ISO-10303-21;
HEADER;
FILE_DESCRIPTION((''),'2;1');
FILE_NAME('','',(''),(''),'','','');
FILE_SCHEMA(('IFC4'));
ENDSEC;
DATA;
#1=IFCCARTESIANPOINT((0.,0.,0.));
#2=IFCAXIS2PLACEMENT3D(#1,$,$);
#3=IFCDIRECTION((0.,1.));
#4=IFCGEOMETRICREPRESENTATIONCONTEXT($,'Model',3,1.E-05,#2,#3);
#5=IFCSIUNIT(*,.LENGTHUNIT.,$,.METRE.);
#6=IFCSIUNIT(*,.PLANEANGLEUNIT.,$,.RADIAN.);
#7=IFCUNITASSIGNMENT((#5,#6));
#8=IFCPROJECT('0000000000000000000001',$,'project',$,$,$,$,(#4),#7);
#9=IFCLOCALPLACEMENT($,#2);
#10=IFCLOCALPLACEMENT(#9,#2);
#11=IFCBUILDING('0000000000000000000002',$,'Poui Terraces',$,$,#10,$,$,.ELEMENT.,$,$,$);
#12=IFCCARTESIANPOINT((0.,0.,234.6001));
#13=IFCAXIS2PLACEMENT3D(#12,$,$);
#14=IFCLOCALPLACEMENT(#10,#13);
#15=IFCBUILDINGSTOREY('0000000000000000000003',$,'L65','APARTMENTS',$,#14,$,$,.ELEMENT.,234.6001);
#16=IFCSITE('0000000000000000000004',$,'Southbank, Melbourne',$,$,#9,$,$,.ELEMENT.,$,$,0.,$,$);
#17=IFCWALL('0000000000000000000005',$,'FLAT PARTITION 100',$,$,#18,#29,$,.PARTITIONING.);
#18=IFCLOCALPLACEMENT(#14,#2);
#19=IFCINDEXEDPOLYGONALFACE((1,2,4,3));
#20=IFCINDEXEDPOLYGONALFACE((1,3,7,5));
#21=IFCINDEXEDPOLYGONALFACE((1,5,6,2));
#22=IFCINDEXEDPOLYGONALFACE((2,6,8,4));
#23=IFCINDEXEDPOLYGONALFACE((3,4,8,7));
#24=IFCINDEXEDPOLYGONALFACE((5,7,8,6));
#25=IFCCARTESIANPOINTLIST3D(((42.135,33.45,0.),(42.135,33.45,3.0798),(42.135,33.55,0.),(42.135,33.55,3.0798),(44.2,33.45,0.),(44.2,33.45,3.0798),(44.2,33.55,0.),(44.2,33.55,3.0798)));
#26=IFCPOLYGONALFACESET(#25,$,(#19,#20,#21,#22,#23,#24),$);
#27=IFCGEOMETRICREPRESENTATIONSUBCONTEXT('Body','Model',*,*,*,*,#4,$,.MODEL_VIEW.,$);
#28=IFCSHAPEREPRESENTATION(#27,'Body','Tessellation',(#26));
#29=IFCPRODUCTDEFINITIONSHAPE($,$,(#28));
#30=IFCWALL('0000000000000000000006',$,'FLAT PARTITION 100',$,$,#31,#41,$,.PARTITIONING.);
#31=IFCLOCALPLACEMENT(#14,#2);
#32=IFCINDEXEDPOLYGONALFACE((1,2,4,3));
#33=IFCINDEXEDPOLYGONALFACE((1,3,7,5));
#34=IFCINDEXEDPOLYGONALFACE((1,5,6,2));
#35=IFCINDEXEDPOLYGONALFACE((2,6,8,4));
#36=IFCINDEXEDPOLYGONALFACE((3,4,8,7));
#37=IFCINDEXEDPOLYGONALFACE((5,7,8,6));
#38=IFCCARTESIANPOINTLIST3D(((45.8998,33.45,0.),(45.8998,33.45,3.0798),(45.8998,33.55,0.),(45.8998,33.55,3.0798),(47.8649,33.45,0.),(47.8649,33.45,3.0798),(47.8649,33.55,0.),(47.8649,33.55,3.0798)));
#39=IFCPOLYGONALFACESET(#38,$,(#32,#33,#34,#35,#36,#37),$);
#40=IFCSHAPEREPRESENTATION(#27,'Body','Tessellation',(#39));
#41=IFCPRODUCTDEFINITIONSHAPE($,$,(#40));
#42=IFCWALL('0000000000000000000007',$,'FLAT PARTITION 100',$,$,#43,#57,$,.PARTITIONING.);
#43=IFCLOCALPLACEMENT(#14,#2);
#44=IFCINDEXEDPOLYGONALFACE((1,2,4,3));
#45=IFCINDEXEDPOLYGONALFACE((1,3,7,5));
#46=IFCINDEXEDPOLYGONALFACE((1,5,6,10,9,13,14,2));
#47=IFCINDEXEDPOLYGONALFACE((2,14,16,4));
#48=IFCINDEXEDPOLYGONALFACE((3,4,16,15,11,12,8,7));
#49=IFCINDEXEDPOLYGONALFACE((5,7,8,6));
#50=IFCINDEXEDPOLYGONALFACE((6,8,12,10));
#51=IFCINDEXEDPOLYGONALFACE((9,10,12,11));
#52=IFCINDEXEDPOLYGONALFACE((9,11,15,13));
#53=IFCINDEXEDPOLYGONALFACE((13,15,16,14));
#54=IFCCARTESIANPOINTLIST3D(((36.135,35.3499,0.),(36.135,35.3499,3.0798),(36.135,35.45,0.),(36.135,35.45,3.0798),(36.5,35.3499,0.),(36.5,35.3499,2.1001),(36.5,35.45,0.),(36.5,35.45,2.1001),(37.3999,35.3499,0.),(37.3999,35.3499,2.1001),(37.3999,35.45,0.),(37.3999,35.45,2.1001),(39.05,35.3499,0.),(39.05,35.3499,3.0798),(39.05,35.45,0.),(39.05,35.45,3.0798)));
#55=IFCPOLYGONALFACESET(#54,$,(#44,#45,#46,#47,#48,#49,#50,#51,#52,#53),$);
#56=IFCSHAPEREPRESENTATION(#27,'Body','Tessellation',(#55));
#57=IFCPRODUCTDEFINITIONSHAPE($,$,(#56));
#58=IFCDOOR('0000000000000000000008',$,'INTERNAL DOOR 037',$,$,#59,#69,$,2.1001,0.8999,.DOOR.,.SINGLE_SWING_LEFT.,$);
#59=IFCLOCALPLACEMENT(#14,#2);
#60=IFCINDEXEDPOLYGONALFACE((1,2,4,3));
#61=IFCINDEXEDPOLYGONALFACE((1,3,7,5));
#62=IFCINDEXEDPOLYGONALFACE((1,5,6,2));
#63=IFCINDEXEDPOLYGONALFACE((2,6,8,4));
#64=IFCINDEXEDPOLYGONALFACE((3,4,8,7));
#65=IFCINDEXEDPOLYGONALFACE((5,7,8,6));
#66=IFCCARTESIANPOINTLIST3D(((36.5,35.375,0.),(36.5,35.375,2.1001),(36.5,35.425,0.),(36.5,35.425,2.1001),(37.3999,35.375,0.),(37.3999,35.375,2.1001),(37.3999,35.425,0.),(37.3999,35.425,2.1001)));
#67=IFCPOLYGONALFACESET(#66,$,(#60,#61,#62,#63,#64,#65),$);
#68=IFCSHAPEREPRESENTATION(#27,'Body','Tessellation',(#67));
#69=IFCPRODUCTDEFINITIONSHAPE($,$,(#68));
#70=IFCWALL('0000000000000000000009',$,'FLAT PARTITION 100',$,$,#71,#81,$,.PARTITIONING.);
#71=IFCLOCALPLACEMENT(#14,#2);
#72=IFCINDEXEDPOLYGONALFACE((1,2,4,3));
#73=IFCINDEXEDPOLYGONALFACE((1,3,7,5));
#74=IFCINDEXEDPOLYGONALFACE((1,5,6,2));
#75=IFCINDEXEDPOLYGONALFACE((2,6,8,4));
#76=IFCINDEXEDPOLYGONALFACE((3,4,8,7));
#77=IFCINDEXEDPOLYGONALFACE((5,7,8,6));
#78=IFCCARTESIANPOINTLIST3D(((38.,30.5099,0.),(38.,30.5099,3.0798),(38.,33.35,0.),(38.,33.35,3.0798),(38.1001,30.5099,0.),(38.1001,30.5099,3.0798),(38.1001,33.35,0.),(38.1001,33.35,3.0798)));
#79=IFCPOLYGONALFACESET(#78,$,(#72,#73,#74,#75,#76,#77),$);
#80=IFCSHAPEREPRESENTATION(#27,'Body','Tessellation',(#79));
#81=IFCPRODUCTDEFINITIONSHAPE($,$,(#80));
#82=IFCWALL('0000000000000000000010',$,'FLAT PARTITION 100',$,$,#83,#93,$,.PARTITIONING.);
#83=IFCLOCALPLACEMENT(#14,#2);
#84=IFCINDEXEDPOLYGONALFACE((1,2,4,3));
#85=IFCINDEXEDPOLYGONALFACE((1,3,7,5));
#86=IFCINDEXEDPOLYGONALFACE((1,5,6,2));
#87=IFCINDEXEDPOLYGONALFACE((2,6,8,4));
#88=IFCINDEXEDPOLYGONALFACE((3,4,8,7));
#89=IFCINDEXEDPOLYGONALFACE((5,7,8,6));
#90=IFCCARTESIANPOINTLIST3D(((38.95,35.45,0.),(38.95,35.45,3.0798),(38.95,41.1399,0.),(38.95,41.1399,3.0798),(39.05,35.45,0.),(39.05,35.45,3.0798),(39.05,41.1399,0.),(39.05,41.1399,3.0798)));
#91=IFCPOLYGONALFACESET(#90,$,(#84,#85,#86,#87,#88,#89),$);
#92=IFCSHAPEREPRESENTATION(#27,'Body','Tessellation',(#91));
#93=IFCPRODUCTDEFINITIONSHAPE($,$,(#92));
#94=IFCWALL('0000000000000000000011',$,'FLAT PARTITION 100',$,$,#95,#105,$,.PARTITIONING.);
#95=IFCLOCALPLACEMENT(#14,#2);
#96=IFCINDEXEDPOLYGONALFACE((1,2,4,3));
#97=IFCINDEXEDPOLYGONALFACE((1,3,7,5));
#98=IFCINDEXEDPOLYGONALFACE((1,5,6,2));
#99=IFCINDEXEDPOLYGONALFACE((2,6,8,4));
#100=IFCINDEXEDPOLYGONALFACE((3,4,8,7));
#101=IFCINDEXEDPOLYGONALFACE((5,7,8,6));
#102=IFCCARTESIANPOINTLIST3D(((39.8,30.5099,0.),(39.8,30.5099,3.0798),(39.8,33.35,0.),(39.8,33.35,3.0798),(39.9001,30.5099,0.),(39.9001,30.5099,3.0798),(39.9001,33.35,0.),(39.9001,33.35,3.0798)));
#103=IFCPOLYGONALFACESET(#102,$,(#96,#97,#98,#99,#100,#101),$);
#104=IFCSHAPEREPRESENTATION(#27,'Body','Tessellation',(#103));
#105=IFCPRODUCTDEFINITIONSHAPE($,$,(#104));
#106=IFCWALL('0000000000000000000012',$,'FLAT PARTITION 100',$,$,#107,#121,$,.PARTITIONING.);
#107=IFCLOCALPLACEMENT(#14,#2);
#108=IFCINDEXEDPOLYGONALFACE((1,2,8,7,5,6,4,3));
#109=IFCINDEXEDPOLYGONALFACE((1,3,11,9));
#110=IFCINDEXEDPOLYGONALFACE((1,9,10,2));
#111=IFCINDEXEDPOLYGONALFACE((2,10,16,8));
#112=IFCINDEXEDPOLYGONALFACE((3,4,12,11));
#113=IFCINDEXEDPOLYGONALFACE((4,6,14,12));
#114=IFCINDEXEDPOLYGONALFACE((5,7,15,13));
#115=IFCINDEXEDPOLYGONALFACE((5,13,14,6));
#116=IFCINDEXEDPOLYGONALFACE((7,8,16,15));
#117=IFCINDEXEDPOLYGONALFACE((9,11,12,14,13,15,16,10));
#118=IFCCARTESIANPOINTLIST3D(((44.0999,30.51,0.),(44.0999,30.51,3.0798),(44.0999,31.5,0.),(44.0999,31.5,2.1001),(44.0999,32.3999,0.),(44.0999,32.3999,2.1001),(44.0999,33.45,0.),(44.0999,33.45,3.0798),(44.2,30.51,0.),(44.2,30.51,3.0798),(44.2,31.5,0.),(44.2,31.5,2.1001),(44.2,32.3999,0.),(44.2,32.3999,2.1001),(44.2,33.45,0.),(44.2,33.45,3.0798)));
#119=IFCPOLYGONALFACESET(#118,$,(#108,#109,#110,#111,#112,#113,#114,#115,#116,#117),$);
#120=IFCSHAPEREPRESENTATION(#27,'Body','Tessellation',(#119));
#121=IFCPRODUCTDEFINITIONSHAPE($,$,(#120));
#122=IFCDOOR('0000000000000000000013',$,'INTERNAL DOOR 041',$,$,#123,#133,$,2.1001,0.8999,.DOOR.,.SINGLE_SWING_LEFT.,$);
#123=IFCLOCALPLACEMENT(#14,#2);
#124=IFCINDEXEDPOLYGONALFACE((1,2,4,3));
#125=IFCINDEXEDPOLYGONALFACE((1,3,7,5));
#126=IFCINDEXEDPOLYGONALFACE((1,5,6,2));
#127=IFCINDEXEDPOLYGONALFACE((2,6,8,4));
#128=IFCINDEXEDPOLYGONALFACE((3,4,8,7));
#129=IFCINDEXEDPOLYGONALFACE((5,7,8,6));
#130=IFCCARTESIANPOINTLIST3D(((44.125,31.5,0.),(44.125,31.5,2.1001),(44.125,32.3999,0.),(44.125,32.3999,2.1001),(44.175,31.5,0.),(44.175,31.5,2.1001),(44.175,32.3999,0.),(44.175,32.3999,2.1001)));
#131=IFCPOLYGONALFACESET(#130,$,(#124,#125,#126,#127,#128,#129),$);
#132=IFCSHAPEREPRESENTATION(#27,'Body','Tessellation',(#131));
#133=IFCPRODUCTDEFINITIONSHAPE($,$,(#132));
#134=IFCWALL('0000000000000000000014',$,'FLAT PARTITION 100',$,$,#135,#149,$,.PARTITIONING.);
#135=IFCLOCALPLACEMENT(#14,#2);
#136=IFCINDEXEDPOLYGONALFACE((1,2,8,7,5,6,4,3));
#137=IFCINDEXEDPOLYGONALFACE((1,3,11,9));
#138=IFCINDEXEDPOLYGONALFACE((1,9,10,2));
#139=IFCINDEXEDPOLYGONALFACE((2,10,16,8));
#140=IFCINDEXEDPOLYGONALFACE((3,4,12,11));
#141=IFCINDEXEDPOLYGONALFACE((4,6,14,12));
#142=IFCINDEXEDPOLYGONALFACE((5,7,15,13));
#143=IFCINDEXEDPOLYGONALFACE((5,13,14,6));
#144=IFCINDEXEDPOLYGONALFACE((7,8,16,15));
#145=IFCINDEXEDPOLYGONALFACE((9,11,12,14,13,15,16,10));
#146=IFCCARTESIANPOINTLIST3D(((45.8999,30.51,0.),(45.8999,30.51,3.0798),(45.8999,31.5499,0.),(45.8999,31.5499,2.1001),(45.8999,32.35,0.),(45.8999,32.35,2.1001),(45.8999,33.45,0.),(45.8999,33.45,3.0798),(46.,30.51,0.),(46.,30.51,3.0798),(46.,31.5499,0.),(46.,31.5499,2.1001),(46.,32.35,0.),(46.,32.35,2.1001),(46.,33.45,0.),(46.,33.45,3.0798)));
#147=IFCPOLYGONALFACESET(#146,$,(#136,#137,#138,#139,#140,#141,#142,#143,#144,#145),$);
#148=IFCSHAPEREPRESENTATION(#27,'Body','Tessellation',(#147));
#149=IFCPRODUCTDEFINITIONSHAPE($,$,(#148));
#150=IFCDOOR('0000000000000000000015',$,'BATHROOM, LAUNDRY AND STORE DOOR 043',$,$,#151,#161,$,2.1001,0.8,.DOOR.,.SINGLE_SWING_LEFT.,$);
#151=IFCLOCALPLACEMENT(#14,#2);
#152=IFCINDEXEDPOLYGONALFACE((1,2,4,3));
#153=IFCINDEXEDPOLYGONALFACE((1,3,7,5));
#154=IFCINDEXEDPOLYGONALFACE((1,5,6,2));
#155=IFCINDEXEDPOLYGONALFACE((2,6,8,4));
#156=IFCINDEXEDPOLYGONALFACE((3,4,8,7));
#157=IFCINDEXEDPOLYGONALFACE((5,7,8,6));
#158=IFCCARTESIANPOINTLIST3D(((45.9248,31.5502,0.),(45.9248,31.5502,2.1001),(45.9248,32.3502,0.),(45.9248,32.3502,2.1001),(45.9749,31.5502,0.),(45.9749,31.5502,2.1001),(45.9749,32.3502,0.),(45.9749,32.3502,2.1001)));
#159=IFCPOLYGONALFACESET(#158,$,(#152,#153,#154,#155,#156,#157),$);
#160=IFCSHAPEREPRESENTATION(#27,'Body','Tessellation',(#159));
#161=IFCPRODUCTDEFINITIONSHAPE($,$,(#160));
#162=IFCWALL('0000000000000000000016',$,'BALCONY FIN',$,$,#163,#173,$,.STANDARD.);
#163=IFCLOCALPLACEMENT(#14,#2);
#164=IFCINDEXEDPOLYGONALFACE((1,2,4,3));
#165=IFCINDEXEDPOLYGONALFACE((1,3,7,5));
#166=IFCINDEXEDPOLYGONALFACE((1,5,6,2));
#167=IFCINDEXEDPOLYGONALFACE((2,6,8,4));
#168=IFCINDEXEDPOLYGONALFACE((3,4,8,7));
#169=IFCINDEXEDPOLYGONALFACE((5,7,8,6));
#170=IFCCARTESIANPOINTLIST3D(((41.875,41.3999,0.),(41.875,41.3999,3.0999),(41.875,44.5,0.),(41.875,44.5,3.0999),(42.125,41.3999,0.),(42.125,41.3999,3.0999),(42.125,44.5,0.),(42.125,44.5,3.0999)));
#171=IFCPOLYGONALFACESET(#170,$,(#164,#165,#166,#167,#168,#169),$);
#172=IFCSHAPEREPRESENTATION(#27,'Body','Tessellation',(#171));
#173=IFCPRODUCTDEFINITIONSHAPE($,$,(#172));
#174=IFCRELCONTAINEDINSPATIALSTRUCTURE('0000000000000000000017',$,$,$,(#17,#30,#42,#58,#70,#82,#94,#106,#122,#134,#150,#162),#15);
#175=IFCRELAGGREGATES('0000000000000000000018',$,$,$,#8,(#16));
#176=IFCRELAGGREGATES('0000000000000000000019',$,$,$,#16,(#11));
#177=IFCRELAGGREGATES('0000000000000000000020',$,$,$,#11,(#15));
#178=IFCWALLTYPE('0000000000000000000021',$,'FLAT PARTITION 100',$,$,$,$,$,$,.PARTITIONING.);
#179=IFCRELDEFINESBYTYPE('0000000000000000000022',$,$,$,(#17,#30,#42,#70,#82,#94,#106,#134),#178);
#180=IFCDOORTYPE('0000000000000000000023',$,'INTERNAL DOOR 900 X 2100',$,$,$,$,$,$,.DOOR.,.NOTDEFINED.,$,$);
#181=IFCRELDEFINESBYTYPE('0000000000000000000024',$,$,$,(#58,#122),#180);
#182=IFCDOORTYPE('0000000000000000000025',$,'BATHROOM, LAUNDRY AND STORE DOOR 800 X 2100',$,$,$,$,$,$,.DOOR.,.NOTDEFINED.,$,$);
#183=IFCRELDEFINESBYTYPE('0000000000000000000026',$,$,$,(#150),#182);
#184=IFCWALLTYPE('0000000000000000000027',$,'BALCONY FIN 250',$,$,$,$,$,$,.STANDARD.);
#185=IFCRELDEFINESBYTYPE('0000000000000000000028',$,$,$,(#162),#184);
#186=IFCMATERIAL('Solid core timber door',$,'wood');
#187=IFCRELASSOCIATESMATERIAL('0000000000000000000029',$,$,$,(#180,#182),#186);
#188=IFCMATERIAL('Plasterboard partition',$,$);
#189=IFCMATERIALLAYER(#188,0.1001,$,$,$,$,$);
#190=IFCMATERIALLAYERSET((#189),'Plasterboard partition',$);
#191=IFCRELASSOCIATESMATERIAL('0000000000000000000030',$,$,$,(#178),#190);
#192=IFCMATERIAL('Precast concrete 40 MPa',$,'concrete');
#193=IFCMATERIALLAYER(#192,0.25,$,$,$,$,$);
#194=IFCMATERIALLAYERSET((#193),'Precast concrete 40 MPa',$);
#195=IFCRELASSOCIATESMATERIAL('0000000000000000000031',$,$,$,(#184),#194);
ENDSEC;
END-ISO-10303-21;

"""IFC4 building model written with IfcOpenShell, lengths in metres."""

from ifc_helpers import new_model, si_unit, direction, frame, frame_2d, origin, place, context, subcontext, project, spatial, polyline, rectangle, outline, extrude, source, transform, mapped, material, layer, layer_set, type_object, element, fill, save


model = new_model("IFC4")

# Units and contexts
model_context = context("Model", 3, precision=1e-05, world=origin(), true_north=direction((0.0, 1.0)))
body_context = subcontext(model_context, "Body", "Model", "MODEL_VIEW")
ifc_project = project(units=[si_unit("LENGTHUNIT", "METRE"), si_unit("PLANEANGLEUNIT", "RADIAN")], contexts=[model_context])

# Site, building, storey
site_placement = place(None, origin())
site = spatial("IfcSite", under=ifc_project, at=site_placement, Name="Southbank, Melbourne", CompositionType="ELEMENT", RefElevation=0.0)
building_placement = place(site_placement, origin())
building = spatial("IfcBuilding", under=site, at=building_placement, Name="Poui Terraces", CompositionType="ELEMENT")
storey_placement = place(building_placement, frame((0.0, 0.0, 234.6001)))
storey = spatial("IfcBuildingStorey", under=building, at=storey_placement, Name="L65", Description="APARTMENTS", CompositionType="ELEMENT", Elevation=234.6001)

# Shared definitions
ifc_material_1 = material(Name="Solid core timber door", Category="wood")
door_type_1 = type_object("IfcDoorType", Name="INTERNAL DOOR 900 X 2100", OperationType="NOTDEFINED", PredefinedType="DOOR", material=ifc_material_1)

# Shared definitions
ifc_material_2 = material(Name="Plasterboard partition")
ifc_layer_1 = layer(ifc_material_2, 0.1001)
ifc_layer_set_1 = layer_set([ifc_layer_1], Name="Plasterboard partition")
wall_type_1 = type_object("IfcWallType", Name="FLAT PARTITION 100", PredefinedType="PARTITIONING", material=ifc_layer_set_1)
door_type_2 = type_object("IfcDoorType", Name="BATHROOM, LAUNDRY AND STORE DOOR 800 X 2100", OperationType="NOTDEFINED", PredefinedType="DOOR", material=ifc_material_1)

# Walls
wall_1_placement = place(storey_placement, frame((42.135, 33.5, 0.0), z_axis=(0.0, 0.0, 1.0), x_axis=(1.0, 0.0, 0.0)))
element("IfcWall", 1, at=wall_1_placement, inside=storey, type_object=wall_type_1, Name="FLAT PARTITION 100", PredefinedType="PARTITIONING", context=body_context, shape_type="SweptSolid", body=[
    extrude(rectangle(XDim=2.0649, YDim=0.1001, at=frame_2d((1.0325, 0.0))), origin(), (0.0, 0.0, 1.0), 3.0798),
])
wall_2_placement = place(storey_placement, frame((45.8999, 33.5, 0.0), z_axis=(0.0, 0.0, 1.0), x_axis=(1.0, 0.0, 0.0)))
element("IfcWall", 2, at=wall_2_placement, inside=storey, type_object=wall_type_1, Name="FLAT PARTITION 100", PredefinedType="PARTITIONING", context=body_context, shape_type="SweptSolid", body=[
    extrude(rectangle(XDim=1.9651, YDim=0.1001, at=frame_2d((0.9824, 0.0))), origin(), (0.0, 0.0, 1.0), 3.0798),
])

# Wall, opening, door
wall_3_placement = place(storey_placement, frame((36.135, 35.3999, 0.0), z_axis=(0.0, 0.0, 1.0), x_axis=(1.0, 0.0, 0.0)))
wall_3 = element("IfcWall", 3, at=wall_3_placement, inside=storey, type_object=wall_type_1, Name="FLAT PARTITION 100", PredefinedType="PARTITIONING", context=body_context, shape_type="SweptSolid", body=[
    extrude(rectangle(XDim=2.915, YDim=0.1001, at=frame_2d((1.4575, 0.0))), origin(), (0.0, 0.0, 1.0), 3.0798),
])
opening_1_placement = place(wall_3_placement, frame((0.365, 0.0, 0.0)))
opening_1 = element("IfcOpeningElement", 4, at=opening_1_placement, cuts=wall_3, PredefinedType="OPENING", context=body_context, shape_type="SweptSolid", body=[
    extrude(rectangle(XDim=0.8999, YDim=2.1001, at=frame_2d((0.45, 1.05))), frame((0.0, 0.0601, 0.0), z_axis=(0.0, -1.0, 0.0), x_axis=(1.0, 0.0, 0.0)), (0.0, 0.0, 1.0), 0.1201),
])
door_1_placement = place(opening_1_placement, frame((0.8999, 0.0, 0.0), z_axis=(0.0, 0.0, 1.0), x_axis=(-1.0, 0.0, 0.0)))
door_1 = element("IfcDoor", 5, at=door_1_placement, inside=storey, type_object=door_type_1, Name="INTERNAL DOOR 037", OperationType="SINGLE_SWING_LEFT", OverallHeight=2.1001, OverallWidth=0.8999, PredefinedType="DOOR", context=body_context, shape_type="SweptSolid", body=[
    extrude(rectangle(XDim=0.8999, YDim=2.1001, at=frame_2d((0.45, 1.05))), frame((0.0, 0.0249, 0.0), z_axis=(0.0, -1.0, 0.0), x_axis=(1.0, 0.0, 0.0)), (0.0, 0.0, 1.0), 0.05),
])
fill(opening_1, door_1)

# Walls
wall_4_placement = place(storey_placement, frame((38.05, 30.51, 0.0), z_axis=(0.0, 0.0, 1.0), x_axis=(0.0, 1.0, 0.0)))
element("IfcWall", 6, at=wall_4_placement, inside=storey, type_object=wall_type_1, Name="FLAT PARTITION 100", PredefinedType="PARTITIONING", context=body_context, shape_type="SweptSolid", body=[
    extrude(rectangle(XDim=2.8401, YDim=0.1001, at=frame_2d((1.4199, 0.0))), origin(), (0.0, 0.0, 1.0), 3.0798),
])
wall_5_placement = place(storey_placement, frame((39.0, 35.45, 0.0), z_axis=(0.0, 0.0, 1.0), x_axis=(0.0, 1.0, 0.0)))
element("IfcWall", 7, at=wall_5_placement, inside=storey, type_object=wall_type_1, Name="FLAT PARTITION 100", PredefinedType="PARTITIONING", context=body_context, shape_type="SweptSolid", body=[
    extrude(rectangle(XDim=5.6899, YDim=0.1001, at=frame_2d((2.845, 0.0))), origin(), (0.0, 0.0, 1.0), 3.0798),
])
wall_6_placement = place(storey_placement, frame((39.8501, 30.51, 0.0), z_axis=(0.0, 0.0, 1.0), x_axis=(0.0, 1.0, 0.0)))
element("IfcWall", 8, at=wall_6_placement, inside=storey, type_object=wall_type_1, Name="FLAT PARTITION 100", PredefinedType="PARTITIONING", context=body_context, shape_type="SweptSolid", body=[
    extrude(rectangle(XDim=2.8401, YDim=0.1001, at=frame_2d((1.4199, 0.0))), origin(), (0.0, 0.0, 1.0), 3.0798),
])

# Walls, openings, doors
wall_7_placement = place(storey_placement, frame((44.1499, 30.51, 0.0), z_axis=(0.0, 0.0, 1.0), x_axis=(0.0, 1.0, 0.0)))
wall_7 = element("IfcWall", 9, at=wall_7_placement, inside=storey, type_object=wall_type_1, Name="FLAT PARTITION 100", PredefinedType="PARTITIONING", context=body_context, shape_type="SweptSolid", body=[
    extrude(rectangle(XDim=2.9399, YDim=0.1001, at=frame_2d((1.47, 0.0))), origin(), (0.0, 0.0, 1.0), 3.0798),
])
opening_2_placement = place(wall_7_placement, frame((0.99, 0.0, 0.0)))
opening_2 = element("IfcOpeningElement", 10, at=opening_2_placement, cuts=wall_7, PredefinedType="OPENING", context=body_context, shape_type="SweptSolid", body=[
    extrude(rectangle(XDim=0.8999, YDim=2.1001, at=frame_2d((0.45, 1.05))), frame((0.0, 0.0601, 0.0), z_axis=(0.0, -1.0, 0.0), x_axis=(1.0, 0.0, 0.0)), (0.0, 0.0, 1.0), 0.1201),
])
door_2_placement = place(opening_2_placement, origin())
door_2 = element("IfcDoor", 11, at=door_2_placement, inside=storey, type_object=door_type_1, Name="INTERNAL DOOR 041", OperationType="SINGLE_SWING_LEFT", OverallHeight=2.1001, OverallWidth=0.8999, PredefinedType="DOOR", context=body_context, shape_type="SweptSolid", body=[
    extrude(rectangle(XDim=0.8999, YDim=2.1001, at=frame_2d((0.45, 1.05))), frame((0.0, 0.0249, 0.0), z_axis=(0.0, -1.0, 0.0), x_axis=(1.0, 0.0, 0.0)), (0.0, 0.0, 1.0), 0.05),
])
fill(opening_2, door_2)
wall_8_placement = place(storey_placement, frame((45.95, 30.51, 0.0), z_axis=(0.0, 0.0, 1.0), x_axis=(0.0, 1.0, 0.0)))
wall_8 = element("IfcWall", 12, at=wall_8_placement, inside=storey, type_object=wall_type_1, Name="FLAT PARTITION 100", PredefinedType="PARTITIONING", context=body_context, shape_type="SweptSolid", body=[
    extrude(rectangle(XDim=2.9399, YDim=0.1001, at=frame_2d((1.47, 0.0))), origin(), (0.0, 0.0, 1.0), 3.0798),
])
opening_3_placement = place(wall_8_placement, frame((1.04, 0.0, 0.0)))
opening_3 = element("IfcOpeningElement", 13, at=opening_3_placement, cuts=wall_8, PredefinedType="OPENING", context=body_context, shape_type="SweptSolid", body=[
    extrude(rectangle(XDim=0.8, YDim=2.1001, at=frame_2d((0.3999, 1.05))), frame((0.0, 0.0601, 0.0), z_axis=(0.0, -1.0, 0.0), x_axis=(1.0, 0.0, 0.0)), (0.0, 0.0, 1.0), 0.1201),
])
door_3_placement = place(opening_3_placement, frame((0.8, 0.0, 0.0), z_axis=(0.0, 0.0, 1.0), x_axis=(-1.0, 0.0, 0.0)))
door_3 = element("IfcDoor", 14, at=door_3_placement, inside=storey, type_object=door_type_2, Name="BATHROOM, LAUNDRY AND STORE DOOR 043", OperationType="SINGLE_SWING_LEFT", OverallHeight=2.1001, OverallWidth=0.8, PredefinedType="DOOR", context=body_context, shape_type="SweptSolid", body=[
    extrude(rectangle(XDim=0.8, YDim=2.1001, at=frame_2d((0.3999, 1.05))), frame((0.0, 0.0249, 0.0), z_axis=(0.0, -1.0, 0.0), x_axis=(1.0, 0.0, 0.0)), (0.0, 0.0, 1.0), 0.05),
])
fill(opening_3, door_3)

# Wall
ifc_material_3 = material(Name="Precast concrete 40 MPa", Category="concrete")
ifc_layer_2 = layer(ifc_material_3, 0.25)
ifc_layer_set_2 = layer_set([ifc_layer_2], Name="Precast concrete 40 MPa")
wall_type_2 = type_object("IfcWallType", Name="BALCONY FIN 250", PredefinedType="STANDARD", material=ifc_layer_set_2)
shared_shape_1 = source(origin(), body_context, "Body", "SweptSolid", [
    extrude(outline(polyline([(0.0, 0.0), (0.25, 0.0), (0.25, 3.1001), (0.0, 3.1001), (0.0, 0.0)])), origin(), (0.0, 0.0, 1.0), 3.0999),
])
wall_9_placement = place(storey_placement, frame((41.875, 41.3999, 0.0)))
element("IfcWall", 15, at=wall_9_placement, inside=storey, type_object=wall_type_2, Name="BALCONY FIN", PredefinedType="STANDARD", context=body_context, shape_type="MappedRepresentation", body=[
    mapped(shared_shape_1, transform((0.0, 0.0, 0.0))),
])

save(model, "model.ifc")
